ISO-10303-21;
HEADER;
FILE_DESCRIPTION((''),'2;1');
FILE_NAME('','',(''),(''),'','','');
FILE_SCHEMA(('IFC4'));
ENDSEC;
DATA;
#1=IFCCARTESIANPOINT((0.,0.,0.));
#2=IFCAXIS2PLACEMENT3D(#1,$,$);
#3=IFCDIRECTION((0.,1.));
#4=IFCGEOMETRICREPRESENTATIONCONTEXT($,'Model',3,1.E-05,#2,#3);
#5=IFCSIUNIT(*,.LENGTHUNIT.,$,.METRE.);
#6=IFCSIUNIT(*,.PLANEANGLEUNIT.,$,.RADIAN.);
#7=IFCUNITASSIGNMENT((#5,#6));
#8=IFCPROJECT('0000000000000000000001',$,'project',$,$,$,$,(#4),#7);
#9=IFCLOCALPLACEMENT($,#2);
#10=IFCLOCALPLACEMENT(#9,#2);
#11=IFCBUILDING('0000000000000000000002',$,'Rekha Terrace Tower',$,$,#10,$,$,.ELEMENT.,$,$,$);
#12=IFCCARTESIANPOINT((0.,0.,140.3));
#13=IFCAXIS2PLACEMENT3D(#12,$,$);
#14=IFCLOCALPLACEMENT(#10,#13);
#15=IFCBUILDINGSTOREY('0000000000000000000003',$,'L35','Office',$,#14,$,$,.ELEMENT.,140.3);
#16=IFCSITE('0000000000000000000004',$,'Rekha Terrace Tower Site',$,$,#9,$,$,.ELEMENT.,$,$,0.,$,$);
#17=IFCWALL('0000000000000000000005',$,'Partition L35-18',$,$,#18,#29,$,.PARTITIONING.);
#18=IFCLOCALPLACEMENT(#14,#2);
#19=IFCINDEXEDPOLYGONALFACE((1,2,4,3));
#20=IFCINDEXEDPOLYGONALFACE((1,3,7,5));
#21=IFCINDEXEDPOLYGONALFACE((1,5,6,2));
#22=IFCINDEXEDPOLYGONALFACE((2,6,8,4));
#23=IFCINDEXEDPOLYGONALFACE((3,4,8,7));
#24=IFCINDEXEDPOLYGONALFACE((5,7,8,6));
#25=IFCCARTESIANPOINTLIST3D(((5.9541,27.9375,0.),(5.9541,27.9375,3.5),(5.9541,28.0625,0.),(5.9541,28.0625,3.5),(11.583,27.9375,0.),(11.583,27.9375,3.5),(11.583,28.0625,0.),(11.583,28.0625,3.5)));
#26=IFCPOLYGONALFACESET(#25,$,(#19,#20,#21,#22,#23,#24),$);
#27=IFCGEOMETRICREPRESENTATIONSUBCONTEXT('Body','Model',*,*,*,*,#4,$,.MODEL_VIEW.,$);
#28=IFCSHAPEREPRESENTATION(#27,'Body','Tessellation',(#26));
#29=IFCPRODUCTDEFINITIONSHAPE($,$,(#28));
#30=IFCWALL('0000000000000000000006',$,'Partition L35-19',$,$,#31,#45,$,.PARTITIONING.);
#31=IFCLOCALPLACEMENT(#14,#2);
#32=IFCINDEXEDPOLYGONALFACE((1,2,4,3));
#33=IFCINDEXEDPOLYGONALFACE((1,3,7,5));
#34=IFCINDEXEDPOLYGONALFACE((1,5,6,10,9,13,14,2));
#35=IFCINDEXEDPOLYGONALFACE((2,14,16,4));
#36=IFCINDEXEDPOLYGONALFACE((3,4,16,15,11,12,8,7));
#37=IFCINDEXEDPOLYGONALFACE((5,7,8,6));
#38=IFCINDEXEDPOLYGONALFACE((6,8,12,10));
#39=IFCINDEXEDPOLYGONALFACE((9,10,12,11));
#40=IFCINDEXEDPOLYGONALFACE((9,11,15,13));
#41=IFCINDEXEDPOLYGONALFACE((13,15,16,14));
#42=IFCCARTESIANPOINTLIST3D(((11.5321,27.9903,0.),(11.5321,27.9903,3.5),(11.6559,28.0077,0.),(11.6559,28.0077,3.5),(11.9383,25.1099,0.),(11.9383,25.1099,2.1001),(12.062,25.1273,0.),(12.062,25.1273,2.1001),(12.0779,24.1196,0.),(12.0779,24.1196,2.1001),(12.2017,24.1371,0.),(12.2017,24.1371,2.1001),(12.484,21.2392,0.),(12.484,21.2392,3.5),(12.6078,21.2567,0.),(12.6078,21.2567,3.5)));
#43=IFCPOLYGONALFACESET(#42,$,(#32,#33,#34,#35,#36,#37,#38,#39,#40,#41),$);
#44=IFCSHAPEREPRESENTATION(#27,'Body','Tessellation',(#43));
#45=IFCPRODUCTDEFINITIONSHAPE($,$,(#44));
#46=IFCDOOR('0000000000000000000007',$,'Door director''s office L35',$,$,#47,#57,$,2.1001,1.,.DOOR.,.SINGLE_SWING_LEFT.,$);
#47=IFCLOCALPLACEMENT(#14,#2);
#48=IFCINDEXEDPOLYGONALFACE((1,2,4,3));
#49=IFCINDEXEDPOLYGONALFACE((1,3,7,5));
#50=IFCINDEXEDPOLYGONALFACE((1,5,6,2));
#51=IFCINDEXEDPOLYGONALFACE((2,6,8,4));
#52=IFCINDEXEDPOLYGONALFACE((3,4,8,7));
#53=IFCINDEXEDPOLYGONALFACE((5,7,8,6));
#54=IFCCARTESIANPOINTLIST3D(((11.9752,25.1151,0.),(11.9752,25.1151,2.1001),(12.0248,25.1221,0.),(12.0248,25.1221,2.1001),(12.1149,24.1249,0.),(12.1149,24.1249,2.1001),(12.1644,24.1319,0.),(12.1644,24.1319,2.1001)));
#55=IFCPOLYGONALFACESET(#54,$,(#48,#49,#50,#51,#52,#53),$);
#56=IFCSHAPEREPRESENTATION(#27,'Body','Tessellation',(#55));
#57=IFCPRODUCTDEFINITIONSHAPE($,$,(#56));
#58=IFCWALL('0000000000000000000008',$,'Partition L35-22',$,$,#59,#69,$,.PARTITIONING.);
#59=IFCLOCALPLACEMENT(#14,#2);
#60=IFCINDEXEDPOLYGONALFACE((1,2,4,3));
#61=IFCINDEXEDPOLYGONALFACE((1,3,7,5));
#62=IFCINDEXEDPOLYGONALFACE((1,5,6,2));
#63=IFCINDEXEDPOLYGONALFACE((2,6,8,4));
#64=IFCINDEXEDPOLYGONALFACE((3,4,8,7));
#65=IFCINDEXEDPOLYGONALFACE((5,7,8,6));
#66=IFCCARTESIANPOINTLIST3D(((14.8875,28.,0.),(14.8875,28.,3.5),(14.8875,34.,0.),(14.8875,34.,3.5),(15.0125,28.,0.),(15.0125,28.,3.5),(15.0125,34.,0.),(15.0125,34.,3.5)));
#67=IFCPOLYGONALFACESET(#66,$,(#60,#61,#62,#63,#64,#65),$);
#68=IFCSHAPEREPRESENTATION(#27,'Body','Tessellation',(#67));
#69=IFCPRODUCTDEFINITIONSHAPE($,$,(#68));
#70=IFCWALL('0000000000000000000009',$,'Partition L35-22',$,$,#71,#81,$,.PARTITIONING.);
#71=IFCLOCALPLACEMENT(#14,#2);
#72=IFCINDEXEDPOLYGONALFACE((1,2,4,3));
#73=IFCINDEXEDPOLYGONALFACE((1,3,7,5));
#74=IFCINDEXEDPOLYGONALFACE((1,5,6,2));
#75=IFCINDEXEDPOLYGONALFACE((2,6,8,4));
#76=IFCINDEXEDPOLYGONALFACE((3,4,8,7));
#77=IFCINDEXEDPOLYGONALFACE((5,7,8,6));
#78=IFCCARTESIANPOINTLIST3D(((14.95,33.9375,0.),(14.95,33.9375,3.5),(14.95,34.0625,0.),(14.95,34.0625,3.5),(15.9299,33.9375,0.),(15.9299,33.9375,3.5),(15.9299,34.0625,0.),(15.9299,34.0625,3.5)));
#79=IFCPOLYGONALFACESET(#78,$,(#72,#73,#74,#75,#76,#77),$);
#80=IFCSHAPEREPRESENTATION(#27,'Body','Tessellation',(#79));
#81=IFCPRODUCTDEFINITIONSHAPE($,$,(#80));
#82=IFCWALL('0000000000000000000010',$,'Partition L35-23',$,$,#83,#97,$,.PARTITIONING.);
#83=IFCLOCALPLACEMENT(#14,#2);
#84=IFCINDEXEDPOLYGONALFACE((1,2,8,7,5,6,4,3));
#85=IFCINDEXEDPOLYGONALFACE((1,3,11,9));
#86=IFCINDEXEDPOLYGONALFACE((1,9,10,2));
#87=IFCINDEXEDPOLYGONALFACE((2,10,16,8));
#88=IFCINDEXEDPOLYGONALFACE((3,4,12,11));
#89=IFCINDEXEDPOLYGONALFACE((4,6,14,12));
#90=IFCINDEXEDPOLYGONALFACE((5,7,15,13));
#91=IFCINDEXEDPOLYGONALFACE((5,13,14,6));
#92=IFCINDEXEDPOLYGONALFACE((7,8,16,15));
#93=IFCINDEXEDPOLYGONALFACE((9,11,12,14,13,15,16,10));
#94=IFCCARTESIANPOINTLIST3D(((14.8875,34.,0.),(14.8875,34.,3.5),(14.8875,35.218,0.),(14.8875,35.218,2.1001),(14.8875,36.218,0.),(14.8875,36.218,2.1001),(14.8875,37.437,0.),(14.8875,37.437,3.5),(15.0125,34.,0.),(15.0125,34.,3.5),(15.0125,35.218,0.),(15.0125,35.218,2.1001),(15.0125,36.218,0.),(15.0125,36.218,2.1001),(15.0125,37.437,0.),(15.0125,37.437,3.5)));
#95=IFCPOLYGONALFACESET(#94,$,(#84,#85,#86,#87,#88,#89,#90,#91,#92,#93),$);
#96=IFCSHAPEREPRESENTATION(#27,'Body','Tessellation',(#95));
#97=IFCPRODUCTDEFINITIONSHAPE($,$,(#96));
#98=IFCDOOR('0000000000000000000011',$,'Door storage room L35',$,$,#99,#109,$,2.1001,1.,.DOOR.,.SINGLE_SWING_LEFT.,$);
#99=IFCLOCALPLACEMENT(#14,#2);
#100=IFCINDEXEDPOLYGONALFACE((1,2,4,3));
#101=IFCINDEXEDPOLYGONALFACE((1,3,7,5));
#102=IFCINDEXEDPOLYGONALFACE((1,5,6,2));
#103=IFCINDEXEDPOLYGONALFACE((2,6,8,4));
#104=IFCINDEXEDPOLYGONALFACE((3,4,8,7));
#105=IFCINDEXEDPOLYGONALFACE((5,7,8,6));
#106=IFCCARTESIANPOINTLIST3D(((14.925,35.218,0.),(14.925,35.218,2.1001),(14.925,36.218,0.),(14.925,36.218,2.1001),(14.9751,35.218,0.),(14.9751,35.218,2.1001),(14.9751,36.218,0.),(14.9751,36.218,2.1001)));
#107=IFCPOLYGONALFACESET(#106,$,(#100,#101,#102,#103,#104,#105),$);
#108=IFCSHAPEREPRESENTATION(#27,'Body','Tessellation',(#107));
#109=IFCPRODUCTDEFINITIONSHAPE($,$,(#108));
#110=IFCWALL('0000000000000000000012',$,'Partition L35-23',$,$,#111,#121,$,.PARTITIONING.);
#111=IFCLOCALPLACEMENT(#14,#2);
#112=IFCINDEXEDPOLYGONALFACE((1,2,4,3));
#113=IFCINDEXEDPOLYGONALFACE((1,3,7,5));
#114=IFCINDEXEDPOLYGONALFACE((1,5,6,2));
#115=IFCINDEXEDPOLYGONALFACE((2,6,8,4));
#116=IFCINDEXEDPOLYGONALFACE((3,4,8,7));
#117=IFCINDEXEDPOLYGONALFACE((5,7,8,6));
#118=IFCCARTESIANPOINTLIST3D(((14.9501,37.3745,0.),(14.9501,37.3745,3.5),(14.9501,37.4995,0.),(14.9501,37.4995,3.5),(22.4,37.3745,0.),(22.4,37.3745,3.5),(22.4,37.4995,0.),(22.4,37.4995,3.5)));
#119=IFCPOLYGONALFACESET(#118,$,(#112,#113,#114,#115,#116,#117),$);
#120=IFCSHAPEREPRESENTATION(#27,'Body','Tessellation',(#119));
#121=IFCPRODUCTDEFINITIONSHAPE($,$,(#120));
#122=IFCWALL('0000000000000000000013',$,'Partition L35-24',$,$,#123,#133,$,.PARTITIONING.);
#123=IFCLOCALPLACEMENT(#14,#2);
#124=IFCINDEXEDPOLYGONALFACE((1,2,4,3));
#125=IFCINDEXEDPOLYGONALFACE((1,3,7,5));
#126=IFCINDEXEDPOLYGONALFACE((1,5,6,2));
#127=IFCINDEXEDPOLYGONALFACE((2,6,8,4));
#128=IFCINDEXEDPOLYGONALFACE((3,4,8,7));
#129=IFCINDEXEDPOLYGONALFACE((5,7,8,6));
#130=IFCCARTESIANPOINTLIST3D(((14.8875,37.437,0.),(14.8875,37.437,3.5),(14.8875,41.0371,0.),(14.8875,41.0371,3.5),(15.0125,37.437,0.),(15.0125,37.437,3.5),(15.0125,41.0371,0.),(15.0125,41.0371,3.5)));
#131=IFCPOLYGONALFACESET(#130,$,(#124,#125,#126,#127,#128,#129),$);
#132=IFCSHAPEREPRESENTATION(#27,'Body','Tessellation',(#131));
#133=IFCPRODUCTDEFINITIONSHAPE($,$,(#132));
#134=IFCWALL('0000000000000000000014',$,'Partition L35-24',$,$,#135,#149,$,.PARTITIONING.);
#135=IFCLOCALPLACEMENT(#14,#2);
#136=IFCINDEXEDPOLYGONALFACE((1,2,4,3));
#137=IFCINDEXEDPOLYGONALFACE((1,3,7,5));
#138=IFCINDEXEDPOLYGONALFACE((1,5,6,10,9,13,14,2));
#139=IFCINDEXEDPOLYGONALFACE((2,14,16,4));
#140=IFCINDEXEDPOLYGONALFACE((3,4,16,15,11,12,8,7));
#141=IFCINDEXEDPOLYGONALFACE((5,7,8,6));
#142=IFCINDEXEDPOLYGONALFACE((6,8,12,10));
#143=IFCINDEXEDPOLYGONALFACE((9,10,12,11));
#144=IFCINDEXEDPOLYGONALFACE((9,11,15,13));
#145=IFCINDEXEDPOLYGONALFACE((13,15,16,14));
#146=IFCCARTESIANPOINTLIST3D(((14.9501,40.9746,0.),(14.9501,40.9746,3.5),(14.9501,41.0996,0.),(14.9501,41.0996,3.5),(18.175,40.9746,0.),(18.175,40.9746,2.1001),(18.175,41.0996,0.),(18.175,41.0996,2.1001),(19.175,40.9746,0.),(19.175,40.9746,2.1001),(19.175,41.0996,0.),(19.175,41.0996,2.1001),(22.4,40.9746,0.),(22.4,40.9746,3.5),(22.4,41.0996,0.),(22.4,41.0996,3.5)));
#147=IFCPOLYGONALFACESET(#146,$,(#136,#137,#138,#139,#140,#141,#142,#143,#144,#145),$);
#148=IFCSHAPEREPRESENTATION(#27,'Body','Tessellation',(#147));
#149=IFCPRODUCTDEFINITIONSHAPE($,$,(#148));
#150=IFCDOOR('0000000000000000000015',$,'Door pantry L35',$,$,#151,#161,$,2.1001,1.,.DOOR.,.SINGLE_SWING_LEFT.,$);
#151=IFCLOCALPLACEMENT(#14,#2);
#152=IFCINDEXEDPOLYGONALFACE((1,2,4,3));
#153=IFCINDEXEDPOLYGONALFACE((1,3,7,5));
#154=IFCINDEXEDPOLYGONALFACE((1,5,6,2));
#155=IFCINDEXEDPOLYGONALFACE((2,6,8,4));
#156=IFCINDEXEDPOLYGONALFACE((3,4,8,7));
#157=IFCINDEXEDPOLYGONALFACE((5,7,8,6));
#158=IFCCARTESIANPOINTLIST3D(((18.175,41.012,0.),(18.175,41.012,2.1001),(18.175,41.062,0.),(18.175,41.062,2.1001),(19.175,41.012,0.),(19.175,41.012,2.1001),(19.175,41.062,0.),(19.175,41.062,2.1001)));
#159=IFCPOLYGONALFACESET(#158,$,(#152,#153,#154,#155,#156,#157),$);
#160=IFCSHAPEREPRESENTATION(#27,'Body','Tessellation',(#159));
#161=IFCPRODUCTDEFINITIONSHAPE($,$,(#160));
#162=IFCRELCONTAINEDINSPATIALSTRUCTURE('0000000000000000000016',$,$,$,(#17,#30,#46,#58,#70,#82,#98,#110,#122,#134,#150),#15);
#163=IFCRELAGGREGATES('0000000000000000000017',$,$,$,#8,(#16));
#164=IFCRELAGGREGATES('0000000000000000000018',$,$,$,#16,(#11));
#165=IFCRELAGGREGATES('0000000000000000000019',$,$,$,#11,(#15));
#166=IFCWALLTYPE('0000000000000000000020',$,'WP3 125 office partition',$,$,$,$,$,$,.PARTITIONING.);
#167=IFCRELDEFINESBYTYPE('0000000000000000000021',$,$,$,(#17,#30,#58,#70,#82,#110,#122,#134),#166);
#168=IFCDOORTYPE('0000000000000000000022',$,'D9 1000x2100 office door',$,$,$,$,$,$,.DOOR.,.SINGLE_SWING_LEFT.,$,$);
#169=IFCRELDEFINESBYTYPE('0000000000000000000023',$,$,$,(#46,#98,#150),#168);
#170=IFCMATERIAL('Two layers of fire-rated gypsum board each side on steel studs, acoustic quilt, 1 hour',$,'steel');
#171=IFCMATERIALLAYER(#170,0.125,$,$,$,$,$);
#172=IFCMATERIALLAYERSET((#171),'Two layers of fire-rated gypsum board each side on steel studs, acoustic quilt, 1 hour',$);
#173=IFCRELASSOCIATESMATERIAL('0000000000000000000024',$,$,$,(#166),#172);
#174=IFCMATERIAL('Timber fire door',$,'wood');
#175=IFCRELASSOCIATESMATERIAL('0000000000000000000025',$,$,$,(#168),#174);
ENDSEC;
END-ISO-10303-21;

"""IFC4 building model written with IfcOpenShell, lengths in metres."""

from ifc_helpers import new_model, si_unit, direction, frame, frame_2d, origin, place, context, subcontext, project, spatial, rectangle, extrude, material, layer, layer_set, type_object, element, fill, save


model = new_model("IFC4")

# Units and contexts
model_context = context("Model", 3, precision=1e-05, world=origin(), true_north=direction((0.0, 1.0)))
body_context = subcontext(model_context, "Body", "Model", "MODEL_VIEW")
ifc_project = project(units=[si_unit("LENGTHUNIT", "METRE"), si_unit("PLANEANGLEUNIT", "RADIAN")], contexts=[model_context])

# Site, building, storey
site_placement = place(None, origin())
site = spatial("IfcSite", under=ifc_project, at=site_placement, Name="Rekha Terrace Tower Site", CompositionType="ELEMENT", RefElevation=0.0)
building_placement = place(site_placement, origin())
building = spatial("IfcBuilding", under=site, at=building_placement, Name="Rekha Terrace Tower", CompositionType="ELEMENT")
storey_placement = place(building_placement, frame((0.0, 0.0, 140.3)))
storey = spatial("IfcBuildingStorey", under=building, at=storey_placement, Name="L35", Description="Office", CompositionType="ELEMENT", Elevation=140.3)

# Shared definitions
ifc_material_1 = material(Name="Two layers of fire-rated gypsum board each side on steel studs, acoustic quilt, 1 hour", Category="steel")
ifc_layer_1 = layer(ifc_material_1, 0.125)
ifc_layer_set_1 = layer_set([ifc_layer_1], Name="Two layers of fire-rated gypsum board each side on steel studs, acoustic quilt, 1 hour")
wall_type = type_object("IfcWallType", Name="WP3 125 office partition", PredefinedType="PARTITIONING", material=ifc_layer_set_1)

# Shared definitions
ifc_material_2 = material(Name="Timber fire door", Category="wood")

# Wall
wall_1_placement = place(storey_placement, frame((11.583, 28.0, 0.0), z_axis=(0.0, 0.0, 1.0), x_axis=(-1.0, 0.0, 0.0)))
element("IfcWall", 1, at=wall_1_placement, inside=storey, type_object=wall_type, Name="Partition L35-18", PredefinedType="PARTITIONING", context=body_context, shape_type="SweptSolid", body=[
    extrude(rectangle(XDim=5.6289, YDim=0.125, at=frame_2d((2.8145, 0.0))), origin(), (0.0, 0.0, 1.0), 3.5),
])

# Wall, opening, door
wall_2_placement = place(storey_placement, frame((11.594, 27.999, 0.0), z_axis=(0.0, 0.0, 1.0), x_axis=(0.139621, -0.990205, 0.0)))
wall_2 = element("IfcWall", 2, at=wall_2_placement, inside=storey, type_object=wall_type, Name="Partition L35-19", PredefinedType="PARTITIONING", context=body_context, shape_type="SweptSolid", body=[
    extrude(rectangle(XDim=6.8179, YDim=0.125, at=frame_2d((3.4089, 0.0))), origin(), (0.0, 0.0, 1.0), 3.5),
])
opening_1_placement = place(wall_2_placement, frame((2.9089, 0.0, 0.0)))
opening_1 = element("IfcOpeningElement", 3, at=opening_1_placement, cuts=wall_2, PredefinedType="OPENING", context=body_context, shape_type="SweptSolid", body=[
    extrude(rectangle(XDim=1.0, YDim=2.1001, at=frame_2d((0.5, 1.05))), frame((0.0, 0.0725, 0.0), z_axis=(0.0, -1.0, 0.0), x_axis=(1.0, 0.0, 0.0)), (0.0, 0.0, 1.0), 0.145),
])
door_type_1 = type_object("IfcDoorType", Name="D9 1000x2100 office door", OperationType="SINGLE_SWING_LEFT", PredefinedType="DOOR", material=ifc_material_2)
door_1_placement = place(opening_1_placement, origin())
door_1 = element("IfcDoor", 4, at=door_1_placement, inside=storey, type_object=door_type_1, Name="Door director's office L35", OperationType="SINGLE_SWING_LEFT", OverallHeight=2.1001, OverallWidth=1.0, PredefinedType="DOOR", context=body_context, shape_type="SweptSolid", body=[
    extrude(rectangle(XDim=1.0, YDim=2.1001, at=frame_2d((0.5, 1.05))), frame((0.0, 0.0249, 0.0), z_axis=(0.0, -1.0, 0.0), x_axis=(1.0, 0.0, 0.0)), (0.0, 0.0, 1.0), 0.05),
])
fill(opening_1, door_1)

# Walls
wall_3_placement = place(storey_placement, frame((14.95, 28.0, 0.0), z_axis=(0.0, 0.0, 1.0), x_axis=(0.0, 1.0, 0.0)))
element("IfcWall", 5, at=wall_3_placement, inside=storey, type_object=wall_type, Name="Partition L35-22", PredefinedType="PARTITIONING", context=body_context, shape_type="SweptSolid", body=[
    extrude(rectangle(XDim=6.0, YDim=0.125, at=frame_2d((3.0, 0.0))), origin(), (0.0, 0.0, 1.0), 3.5),
])
wall_4_placement = place(storey_placement, frame((14.95, 34.0, 0.0), z_axis=(0.0, 0.0, 1.0), x_axis=(1.0, 0.0, 0.0)))
element("IfcWall", 6, at=wall_4_placement, inside=storey, type_object=wall_type, Name="Partition L35-22", PredefinedType="PARTITIONING", context=body_context, shape_type="SweptSolid", body=[
    extrude(rectangle(XDim=0.98, YDim=0.125, at=frame_2d((0.49, 0.0))), origin(), (0.0, 0.0, 1.0), 3.5),
])

# Wall, opening, door
wall_5_placement = place(storey_placement, frame((14.95, 34.0, 0.0), z_axis=(0.0, 0.0, 1.0), x_axis=(0.0, 1.0, 0.0)))
wall_5 = element("IfcWall", 7, at=wall_5_placement, inside=storey, type_object=wall_type, Name="Partition L35-23", PredefinedType="PARTITIONING", context=body_context, shape_type="SweptSolid", body=[
    extrude(rectangle(XDim=3.437, YDim=0.125, at=frame_2d((1.7185, 0.0))), origin(), (0.0, 0.0, 1.0), 3.5),
])
opening_2_placement = place(wall_5_placement, frame((1.218, 0.0, 0.0)))
opening_2 = element("IfcOpeningElement", 8, at=opening_2_placement, cuts=wall_5, PredefinedType="OPENING", context=body_context, shape_type="SweptSolid", body=[
    extrude(rectangle(XDim=1.0, YDim=2.1001, at=frame_2d((0.5, 1.05))), frame((0.0, 0.0725, 0.0), z_axis=(0.0, -1.0, 0.0), x_axis=(1.0, 0.0, 0.0)), (0.0, 0.0, 1.0), 0.145),
])
door_2_placement = place(opening_2_placement, origin())
door_2 = element("IfcDoor", 9, at=door_2_placement, inside=storey, type_object=door_type_1, Name="Door storage room L35", OperationType="SINGLE_SWING_LEFT", OverallHeight=2.1001, OverallWidth=1.0, PredefinedType="DOOR", context=body_context, shape_type="SweptSolid", body=[
    extrude(rectangle(XDim=1.0, YDim=2.1001, at=frame_2d((0.5, 1.05))), frame((0.0, 0.0249, 0.0), z_axis=(0.0, -1.0, 0.0), x_axis=(1.0, 0.0, 0.0)), (0.0, 0.0, 1.0), 0.05),
])
fill(opening_2, door_2)

# Walls
wall_6_placement = place(storey_placement, frame((14.95, 37.437, 0.0), z_axis=(0.0, 0.0, 1.0), x_axis=(1.0, 0.0, 0.0)))
element("IfcWall", 10, at=wall_6_placement, inside=storey, type_object=wall_type, Name="Partition L35-23", PredefinedType="PARTITIONING", context=body_context, shape_type="SweptSolid", body=[
    extrude(rectangle(XDim=7.45, YDim=0.125, at=frame_2d((3.7251, 0.0))), origin(), (0.0, 0.0, 1.0), 3.5),
])
wall_7_placement = place(storey_placement, frame((14.95, 37.437, 0.0), z_axis=(0.0, 0.0, 1.0), x_axis=(0.0, 1.0, 0.0)))
element("IfcWall", 11, at=wall_7_placement, inside=storey, type_object=wall_type, Name="Partition L35-24", PredefinedType="PARTITIONING", context=body_context, shape_type="SweptSolid", body=[
    extrude(rectangle(XDim=3.6001, YDim=0.125, at=frame_2d((1.8, 0.0))), origin(), (0.0, 0.0, 1.0), 3.5),
])

# Wall, opening, door
wall_8_placement = place(storey_placement, frame((14.95, 41.0371, 0.0), z_axis=(0.0, 0.0, 1.0), x_axis=(1.0, 0.0, 0.0)))
wall_8 = element("IfcWall", 12, at=wall_8_placement, inside=storey, type_object=wall_type, Name="Partition L35-24", PredefinedType="PARTITIONING", context=body_context, shape_type="SweptSolid", body=[
    extrude(rectangle(XDim=7.45, YDim=0.125, at=frame_2d((3.7251, 0.0))), origin(), (0.0, 0.0, 1.0), 3.5),
])
opening_3_placement = place(wall_8_placement, frame((3.2251, 0.0, 0.0)))
opening_3 = element("IfcOpeningElement", 13, at=opening_3_placement, cuts=wall_8, PredefinedType="OPENING", context=body_context, shape_type="SweptSolid", body=[
    extrude(rectangle(XDim=1.0, YDim=2.1001, at=frame_2d((0.5, 1.05))), frame((0.0, 0.0725, 0.0), z_axis=(0.0, -1.0, 0.0), x_axis=(1.0, 0.0, 0.0)), (0.0, 0.0, 1.0), 0.145),
])
door_3_placement = place(opening_3_placement, origin())
door_3 = element("IfcDoor", 14, at=door_3_placement, inside=storey, type_object=door_type_1, Name="Door pantry L35", OperationType="SINGLE_SWING_LEFT", OverallHeight=2.1001, OverallWidth=1.0, PredefinedType="DOOR", context=body_context, shape_type="SweptSolid", body=[
    extrude(rectangle(XDim=1.0, YDim=2.1001, at=frame_2d((0.5, 1.05))), frame((0.0, 0.0249, 0.0), z_axis=(0.0, -1.0, 0.0), x_axis=(1.0, 0.0, 0.0)), (0.0, 0.0, 1.0), 0.05),
])
fill(opening_3, door_3)

save(model, "model.ifc")
